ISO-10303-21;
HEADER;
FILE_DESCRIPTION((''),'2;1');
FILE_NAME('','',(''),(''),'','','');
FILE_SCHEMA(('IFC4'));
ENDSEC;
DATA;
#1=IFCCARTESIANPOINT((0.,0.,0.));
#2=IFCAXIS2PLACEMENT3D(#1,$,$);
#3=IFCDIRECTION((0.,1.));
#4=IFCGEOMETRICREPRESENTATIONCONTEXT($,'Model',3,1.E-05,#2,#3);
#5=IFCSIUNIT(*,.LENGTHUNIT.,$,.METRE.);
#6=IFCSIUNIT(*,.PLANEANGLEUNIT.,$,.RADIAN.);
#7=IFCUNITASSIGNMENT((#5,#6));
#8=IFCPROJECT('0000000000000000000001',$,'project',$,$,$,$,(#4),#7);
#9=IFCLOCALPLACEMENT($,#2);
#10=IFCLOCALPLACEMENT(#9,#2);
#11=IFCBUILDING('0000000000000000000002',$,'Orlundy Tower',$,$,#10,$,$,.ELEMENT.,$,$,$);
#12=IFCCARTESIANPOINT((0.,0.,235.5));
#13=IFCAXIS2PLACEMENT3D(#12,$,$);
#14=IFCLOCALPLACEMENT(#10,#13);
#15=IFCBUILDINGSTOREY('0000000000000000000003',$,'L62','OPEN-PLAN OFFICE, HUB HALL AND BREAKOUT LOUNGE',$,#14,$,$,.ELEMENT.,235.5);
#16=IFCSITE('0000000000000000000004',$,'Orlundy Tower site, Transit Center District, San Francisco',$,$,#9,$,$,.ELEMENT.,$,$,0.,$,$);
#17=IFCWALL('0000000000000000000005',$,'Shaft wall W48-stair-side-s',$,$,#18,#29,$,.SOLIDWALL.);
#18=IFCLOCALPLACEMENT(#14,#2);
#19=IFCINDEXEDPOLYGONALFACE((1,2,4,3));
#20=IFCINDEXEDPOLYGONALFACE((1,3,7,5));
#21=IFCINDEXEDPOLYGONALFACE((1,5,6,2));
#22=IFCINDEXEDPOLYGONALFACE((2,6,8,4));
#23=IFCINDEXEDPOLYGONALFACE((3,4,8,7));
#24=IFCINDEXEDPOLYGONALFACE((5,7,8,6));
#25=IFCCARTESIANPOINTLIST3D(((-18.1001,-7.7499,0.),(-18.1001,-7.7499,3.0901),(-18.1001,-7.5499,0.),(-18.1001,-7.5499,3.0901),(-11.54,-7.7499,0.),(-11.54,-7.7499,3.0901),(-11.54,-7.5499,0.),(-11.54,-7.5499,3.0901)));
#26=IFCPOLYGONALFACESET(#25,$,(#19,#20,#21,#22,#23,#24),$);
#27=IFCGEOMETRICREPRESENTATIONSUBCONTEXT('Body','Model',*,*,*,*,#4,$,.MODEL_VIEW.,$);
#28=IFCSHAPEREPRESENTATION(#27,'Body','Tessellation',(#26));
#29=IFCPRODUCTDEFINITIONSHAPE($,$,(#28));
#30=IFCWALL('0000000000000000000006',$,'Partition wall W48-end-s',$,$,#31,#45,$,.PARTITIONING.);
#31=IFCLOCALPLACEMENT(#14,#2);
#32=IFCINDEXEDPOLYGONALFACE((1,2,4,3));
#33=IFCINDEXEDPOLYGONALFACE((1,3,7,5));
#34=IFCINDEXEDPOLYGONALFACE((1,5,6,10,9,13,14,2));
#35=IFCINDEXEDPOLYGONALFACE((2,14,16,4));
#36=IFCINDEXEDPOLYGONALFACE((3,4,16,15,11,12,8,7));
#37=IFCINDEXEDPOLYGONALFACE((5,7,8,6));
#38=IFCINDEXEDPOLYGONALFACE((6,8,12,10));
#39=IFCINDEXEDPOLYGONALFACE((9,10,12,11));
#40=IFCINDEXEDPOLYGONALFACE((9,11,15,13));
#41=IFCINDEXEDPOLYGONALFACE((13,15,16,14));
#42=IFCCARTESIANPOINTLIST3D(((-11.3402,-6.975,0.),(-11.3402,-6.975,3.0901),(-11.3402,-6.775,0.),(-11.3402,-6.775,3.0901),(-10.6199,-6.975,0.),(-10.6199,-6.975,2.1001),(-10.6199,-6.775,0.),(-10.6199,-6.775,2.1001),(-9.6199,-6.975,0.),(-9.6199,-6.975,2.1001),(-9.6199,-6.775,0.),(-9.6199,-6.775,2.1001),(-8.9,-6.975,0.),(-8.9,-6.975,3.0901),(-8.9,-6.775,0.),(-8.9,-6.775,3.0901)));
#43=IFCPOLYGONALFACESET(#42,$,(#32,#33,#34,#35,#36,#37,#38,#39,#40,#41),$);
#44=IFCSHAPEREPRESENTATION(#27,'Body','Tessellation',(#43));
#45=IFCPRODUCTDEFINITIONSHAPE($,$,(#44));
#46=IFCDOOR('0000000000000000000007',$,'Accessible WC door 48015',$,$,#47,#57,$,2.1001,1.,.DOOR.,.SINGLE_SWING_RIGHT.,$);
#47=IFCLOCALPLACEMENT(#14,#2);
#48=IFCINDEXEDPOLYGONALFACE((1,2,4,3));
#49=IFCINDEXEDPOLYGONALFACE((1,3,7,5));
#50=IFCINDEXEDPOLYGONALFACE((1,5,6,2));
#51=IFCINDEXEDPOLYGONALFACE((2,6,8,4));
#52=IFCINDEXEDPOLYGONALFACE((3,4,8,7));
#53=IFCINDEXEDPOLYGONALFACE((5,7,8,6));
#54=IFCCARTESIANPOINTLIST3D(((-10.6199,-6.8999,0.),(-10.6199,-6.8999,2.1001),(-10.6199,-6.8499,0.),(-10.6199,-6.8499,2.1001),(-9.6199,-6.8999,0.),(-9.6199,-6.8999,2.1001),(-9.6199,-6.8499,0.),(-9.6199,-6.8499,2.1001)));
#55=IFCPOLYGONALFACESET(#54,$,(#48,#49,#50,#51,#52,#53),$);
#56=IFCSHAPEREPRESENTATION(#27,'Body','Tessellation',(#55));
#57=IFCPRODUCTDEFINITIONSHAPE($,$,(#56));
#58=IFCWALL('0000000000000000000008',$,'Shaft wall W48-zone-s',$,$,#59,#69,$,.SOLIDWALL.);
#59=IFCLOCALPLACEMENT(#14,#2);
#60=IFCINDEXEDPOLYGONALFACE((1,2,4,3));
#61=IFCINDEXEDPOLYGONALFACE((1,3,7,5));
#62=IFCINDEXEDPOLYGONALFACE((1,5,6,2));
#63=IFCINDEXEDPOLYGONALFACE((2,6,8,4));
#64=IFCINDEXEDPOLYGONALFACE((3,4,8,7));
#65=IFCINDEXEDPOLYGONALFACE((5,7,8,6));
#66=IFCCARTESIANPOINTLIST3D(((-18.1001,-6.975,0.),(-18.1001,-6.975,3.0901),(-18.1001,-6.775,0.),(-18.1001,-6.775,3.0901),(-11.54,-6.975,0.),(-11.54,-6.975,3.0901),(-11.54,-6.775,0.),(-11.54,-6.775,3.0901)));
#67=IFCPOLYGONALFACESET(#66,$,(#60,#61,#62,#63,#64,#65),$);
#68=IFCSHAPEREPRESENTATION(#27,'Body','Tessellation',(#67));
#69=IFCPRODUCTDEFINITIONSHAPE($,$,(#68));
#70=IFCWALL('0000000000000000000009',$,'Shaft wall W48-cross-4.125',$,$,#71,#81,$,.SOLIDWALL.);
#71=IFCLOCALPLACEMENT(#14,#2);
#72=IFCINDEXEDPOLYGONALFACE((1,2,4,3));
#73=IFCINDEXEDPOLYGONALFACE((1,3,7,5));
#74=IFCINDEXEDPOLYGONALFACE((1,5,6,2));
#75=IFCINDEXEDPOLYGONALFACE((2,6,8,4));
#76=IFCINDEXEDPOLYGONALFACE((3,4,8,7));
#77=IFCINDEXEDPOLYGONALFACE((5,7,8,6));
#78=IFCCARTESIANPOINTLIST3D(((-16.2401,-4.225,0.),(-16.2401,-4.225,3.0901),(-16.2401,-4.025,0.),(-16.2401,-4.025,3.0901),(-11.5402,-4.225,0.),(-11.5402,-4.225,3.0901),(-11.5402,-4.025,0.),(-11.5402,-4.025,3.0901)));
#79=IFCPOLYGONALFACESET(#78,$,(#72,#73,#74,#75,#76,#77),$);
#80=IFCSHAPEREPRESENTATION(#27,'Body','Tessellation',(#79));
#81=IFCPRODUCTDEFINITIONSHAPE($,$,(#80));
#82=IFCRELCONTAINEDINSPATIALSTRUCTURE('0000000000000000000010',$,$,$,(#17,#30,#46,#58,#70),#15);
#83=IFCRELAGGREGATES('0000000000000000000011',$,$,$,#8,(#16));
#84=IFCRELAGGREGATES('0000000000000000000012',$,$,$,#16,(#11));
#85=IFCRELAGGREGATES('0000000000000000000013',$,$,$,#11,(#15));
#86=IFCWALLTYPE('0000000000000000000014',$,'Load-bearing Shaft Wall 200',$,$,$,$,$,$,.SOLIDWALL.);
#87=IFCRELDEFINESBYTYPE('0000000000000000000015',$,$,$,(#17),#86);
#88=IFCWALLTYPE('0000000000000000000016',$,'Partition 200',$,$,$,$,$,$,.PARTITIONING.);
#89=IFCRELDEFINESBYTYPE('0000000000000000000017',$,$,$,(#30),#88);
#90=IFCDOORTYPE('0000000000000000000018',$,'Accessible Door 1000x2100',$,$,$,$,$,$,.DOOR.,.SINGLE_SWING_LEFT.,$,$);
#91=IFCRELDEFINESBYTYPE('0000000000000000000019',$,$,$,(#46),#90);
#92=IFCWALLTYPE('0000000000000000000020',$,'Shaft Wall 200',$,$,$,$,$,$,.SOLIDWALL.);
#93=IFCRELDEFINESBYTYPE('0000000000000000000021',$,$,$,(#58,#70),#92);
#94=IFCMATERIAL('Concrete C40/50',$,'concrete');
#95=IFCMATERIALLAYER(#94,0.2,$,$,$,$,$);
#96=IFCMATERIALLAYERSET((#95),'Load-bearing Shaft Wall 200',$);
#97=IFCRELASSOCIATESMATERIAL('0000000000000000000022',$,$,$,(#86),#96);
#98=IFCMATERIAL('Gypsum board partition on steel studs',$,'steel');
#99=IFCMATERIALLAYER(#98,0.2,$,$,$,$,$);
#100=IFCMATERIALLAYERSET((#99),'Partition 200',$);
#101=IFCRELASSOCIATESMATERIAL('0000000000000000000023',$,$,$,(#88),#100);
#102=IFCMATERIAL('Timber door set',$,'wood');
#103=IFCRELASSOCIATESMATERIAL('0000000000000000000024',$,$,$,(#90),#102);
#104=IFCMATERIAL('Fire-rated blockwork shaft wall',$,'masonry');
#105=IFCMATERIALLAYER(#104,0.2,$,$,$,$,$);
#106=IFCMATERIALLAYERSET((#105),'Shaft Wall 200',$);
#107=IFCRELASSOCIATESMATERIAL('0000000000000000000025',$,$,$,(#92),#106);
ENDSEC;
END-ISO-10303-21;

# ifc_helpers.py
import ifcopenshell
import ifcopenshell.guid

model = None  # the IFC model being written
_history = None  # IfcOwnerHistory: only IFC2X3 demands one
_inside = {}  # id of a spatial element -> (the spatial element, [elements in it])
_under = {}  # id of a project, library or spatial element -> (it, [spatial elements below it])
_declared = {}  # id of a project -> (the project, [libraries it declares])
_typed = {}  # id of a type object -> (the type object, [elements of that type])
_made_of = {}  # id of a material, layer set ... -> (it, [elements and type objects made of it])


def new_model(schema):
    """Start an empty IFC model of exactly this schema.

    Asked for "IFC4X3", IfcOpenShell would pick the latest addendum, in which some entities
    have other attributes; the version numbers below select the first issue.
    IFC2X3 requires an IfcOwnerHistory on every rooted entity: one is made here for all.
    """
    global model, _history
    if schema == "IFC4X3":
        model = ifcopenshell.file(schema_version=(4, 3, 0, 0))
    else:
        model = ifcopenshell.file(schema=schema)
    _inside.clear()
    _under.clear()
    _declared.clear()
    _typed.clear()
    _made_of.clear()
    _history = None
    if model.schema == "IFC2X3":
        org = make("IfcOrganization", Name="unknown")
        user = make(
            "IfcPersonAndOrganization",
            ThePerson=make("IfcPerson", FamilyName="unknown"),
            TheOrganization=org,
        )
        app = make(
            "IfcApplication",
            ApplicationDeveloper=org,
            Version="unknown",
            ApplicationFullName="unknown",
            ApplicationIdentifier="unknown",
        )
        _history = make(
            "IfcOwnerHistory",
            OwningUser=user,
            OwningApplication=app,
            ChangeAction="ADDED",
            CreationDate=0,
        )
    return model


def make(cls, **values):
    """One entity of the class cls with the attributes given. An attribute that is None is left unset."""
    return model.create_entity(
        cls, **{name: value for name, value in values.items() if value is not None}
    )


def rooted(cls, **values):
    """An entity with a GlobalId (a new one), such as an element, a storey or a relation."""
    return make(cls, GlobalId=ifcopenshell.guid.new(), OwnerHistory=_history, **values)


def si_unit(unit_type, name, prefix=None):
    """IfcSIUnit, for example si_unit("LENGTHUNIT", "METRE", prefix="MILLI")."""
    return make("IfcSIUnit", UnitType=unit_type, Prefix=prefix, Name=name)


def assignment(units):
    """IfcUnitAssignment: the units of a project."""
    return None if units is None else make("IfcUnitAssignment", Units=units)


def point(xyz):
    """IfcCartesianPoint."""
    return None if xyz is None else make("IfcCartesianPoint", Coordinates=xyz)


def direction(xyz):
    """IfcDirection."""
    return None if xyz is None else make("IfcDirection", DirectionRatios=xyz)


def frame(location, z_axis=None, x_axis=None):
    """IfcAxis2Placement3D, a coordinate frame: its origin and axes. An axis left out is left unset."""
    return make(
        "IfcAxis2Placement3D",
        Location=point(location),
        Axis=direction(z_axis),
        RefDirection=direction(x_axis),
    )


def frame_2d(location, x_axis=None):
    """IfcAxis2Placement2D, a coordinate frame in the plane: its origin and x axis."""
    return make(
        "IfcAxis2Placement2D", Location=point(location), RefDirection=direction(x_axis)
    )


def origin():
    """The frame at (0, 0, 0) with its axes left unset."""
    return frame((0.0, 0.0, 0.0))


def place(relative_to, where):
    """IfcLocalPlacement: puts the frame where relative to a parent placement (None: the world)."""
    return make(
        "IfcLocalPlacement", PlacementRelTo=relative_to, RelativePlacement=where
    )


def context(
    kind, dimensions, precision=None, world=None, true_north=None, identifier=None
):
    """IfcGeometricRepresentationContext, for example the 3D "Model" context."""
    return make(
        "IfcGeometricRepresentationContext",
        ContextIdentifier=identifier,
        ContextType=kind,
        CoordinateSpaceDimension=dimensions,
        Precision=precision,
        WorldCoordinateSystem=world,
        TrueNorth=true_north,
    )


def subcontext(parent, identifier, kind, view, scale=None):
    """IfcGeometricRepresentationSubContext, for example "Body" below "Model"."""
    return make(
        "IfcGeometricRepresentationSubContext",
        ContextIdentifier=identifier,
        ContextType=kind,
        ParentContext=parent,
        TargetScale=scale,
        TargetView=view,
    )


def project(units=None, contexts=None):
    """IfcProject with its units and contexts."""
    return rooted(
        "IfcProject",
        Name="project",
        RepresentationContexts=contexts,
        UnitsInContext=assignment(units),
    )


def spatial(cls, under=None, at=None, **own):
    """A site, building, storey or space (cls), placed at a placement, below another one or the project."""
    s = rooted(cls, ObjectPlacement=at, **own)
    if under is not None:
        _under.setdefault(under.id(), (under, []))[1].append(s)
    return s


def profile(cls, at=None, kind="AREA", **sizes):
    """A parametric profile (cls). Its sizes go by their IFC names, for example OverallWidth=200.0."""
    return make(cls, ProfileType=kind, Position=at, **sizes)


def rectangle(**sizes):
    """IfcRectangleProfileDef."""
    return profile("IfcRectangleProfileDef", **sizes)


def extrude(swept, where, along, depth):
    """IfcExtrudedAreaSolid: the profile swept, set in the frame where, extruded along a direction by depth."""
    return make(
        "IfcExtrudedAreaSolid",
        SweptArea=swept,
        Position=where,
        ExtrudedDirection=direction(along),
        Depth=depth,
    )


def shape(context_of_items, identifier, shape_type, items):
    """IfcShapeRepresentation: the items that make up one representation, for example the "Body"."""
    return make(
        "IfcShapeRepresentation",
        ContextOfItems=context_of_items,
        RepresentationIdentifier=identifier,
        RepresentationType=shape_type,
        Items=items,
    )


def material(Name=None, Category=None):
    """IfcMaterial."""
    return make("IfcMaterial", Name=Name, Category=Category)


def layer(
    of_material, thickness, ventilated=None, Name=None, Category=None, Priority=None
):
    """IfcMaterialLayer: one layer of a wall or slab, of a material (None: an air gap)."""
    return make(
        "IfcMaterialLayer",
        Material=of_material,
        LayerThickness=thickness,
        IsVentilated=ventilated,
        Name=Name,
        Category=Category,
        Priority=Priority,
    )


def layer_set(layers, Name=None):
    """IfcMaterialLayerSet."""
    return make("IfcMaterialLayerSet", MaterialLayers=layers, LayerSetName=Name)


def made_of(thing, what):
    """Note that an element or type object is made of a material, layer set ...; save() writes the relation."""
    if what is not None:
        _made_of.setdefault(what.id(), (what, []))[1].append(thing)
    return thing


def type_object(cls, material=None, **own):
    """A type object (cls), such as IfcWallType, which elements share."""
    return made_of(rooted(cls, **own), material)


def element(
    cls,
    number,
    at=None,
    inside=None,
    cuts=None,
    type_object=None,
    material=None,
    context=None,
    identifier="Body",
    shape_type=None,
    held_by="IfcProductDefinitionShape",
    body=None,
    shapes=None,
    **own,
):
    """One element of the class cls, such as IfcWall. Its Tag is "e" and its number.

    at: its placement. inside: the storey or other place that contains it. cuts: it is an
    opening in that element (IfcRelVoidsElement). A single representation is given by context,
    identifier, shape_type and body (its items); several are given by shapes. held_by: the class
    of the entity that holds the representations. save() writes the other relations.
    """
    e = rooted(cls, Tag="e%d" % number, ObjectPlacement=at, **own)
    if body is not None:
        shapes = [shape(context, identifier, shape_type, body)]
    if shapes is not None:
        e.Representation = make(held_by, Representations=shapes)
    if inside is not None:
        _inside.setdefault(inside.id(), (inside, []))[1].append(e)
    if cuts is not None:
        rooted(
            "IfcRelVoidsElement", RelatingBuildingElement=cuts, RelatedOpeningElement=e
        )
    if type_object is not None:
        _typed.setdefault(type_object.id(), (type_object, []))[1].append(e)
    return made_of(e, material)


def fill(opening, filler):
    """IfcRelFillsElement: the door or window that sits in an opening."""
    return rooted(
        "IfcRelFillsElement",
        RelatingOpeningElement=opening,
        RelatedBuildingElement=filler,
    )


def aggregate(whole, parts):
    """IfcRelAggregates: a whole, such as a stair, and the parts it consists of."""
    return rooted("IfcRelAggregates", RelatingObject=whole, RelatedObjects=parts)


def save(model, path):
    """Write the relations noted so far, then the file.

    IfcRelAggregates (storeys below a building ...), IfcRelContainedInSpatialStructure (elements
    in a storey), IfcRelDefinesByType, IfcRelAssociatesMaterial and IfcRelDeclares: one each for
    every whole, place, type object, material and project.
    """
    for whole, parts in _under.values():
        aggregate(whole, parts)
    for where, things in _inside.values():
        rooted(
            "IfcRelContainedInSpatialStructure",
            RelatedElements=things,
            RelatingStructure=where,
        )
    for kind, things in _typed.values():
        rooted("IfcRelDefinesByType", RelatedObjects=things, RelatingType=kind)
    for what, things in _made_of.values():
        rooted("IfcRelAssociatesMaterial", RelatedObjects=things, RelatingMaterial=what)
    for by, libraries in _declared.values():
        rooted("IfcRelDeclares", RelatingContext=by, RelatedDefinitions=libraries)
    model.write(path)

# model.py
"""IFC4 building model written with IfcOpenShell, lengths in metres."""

from ifc_helpers import new_model, si_unit, direction, frame, frame_2d, origin, place, context, subcontext, project, spatial, rectangle, extrude, material, layer, layer_set, type_object, element, fill, save


model = new_model("IFC4")

# Units and contexts
model_context = context("Model", 3, precision=1e-05, world=origin(), true_north=direction((0.0, 1.0)))
body_context = subcontext(model_context, "Body", "Model", "MODEL_VIEW")
ifc_project = project(units=[si_unit("LENGTHUNIT", "METRE"), si_unit("PLANEANGLEUNIT", "RADIAN")], contexts=[model_context])

# Site, building, storey
site_placement = place(None, origin())
site = spatial("IfcSite", under=ifc_project, at=site_placement, Name="Orlundy Tower site, Transit Center District, San Francisco", CompositionType="ELEMENT", RefElevation=0.0)
building_placement = place(site_placement, origin())
building = spatial("IfcBuilding", under=site, at=building_placement, Name="Orlundy Tower", CompositionType="ELEMENT")
storey_placement = place(building_placement, frame((0.0, 0.0, 235.5)))
storey = spatial("IfcBuildingStorey", under=building, at=storey_placement, Name="L62", Description="OPEN-PLAN OFFICE, HUB HALL AND BREAKOUT LOUNGE", CompositionType="ELEMENT", Elevation=235.5)

# Wall
ifc_material_1 = material(Name="Concrete C40/50", Category="concrete")
ifc_layer_1 = layer(ifc_material_1, 0.2)
ifc_layer_set_1 = layer_set([ifc_layer_1], Name="Load-bearing Shaft Wall 200")
wall_type_1 = type_object("IfcWallType", Name="Load-bearing Shaft Wall 200", PredefinedType="SOLIDWALL", material=ifc_layer_set_1)
wall_1_placement = place(storey_placement, frame((-11.54, -7.6499, 0.0), z_axis=(0.0, 0.0, 1.0), x_axis=(-1.0, 0.0, 0.0)))
element("IfcWall", 1, at=wall_1_placement, inside=storey, type_object=wall_type_1, Name="Shaft wall W48-stair-side-s", PredefinedType="SOLIDWALL", context=body_context, shape_type="SweptSolid", body=[
    extrude(rectangle(XDim=6.5601, YDim=0.2, at=frame_2d((3.28, 0.0))), origin(), (0.0, 0.0, 1.0), 3.0901),
])

# Wall, opening, door
ifc_material_2 = material(Name="Gypsum board partition on steel studs", Category="steel")
ifc_layer_2 = layer(ifc_material_2, 0.2)
ifc_layer_set_2 = layer_set([ifc_layer_2], Name="Partition 200")
wall_type_2 = type_object("IfcWallType", Name="Partition 200", PredefinedType="PARTITIONING", material=ifc_layer_set_2)
wall_2_placement = place(storey_placement, frame((-8.8999, -6.875, 0.0), z_axis=(0.0, 0.0, 1.0), x_axis=(-1.0, 0.0, 0.0)))
wall_2 = element("IfcWall", 2, at=wall_2_placement, inside=storey, type_object=wall_type_2, Name="Partition wall W48-end-s", PredefinedType="PARTITIONING", context=body_context, shape_type="SweptSolid", body=[
    extrude(rectangle(XDim=2.4402, YDim=0.2, at=frame_2d((1.2202, 0.0))), origin(), (0.0, 0.0, 1.0), 3.0901),
])
opening_1_placement = place(wall_2_placement, frame((0.72, 0.0, 0.0)))
opening_1 = element("IfcOpeningElement", 3, at=opening_1_placement, cuts=wall_2, PredefinedType="OPENING", context=body_context, shape_type="SweptSolid", body=[
    extrude(rectangle(XDim=1.0, YDim=2.1001, at=frame_2d((0.5, 1.05))), frame((0.0, 0.1101, 0.0), z_axis=(0.0, -1.0, 0.0), x_axis=(1.0, 0.0, 0.0)), (0.0, 0.0, 1.0), 0.2202),
])
ifc_material_3 = material(Name="Timber door set", Category="wood")
door_type_1 = type_object("IfcDoorType", Name="Accessible Door 1000x2100", OperationType="SINGLE_SWING_LEFT", PredefinedType="DOOR", material=ifc_material_3)
door_1_placement = place(opening_1_placement, origin())
door_1 = element("IfcDoor", 4, at=door_1_placement, inside=storey, type_object=door_type_1, Name="Accessible WC door 48015", OperationType="SINGLE_SWING_RIGHT", OverallHeight=2.1001, OverallWidth=1.0, PredefinedType="DOOR", context=body_context, shape_type="SweptSolid", body=[
    extrude(rectangle(XDim=1.0, YDim=2.1001, at=frame_2d((0.5, 1.05))), frame((0.0, 0.0249, 0.0), z_axis=(0.0, -1.0, 0.0), x_axis=(1.0, 0.0, 0.0)), (0.0, 0.0, 1.0), 0.05),
])
fill(opening_1, door_1)

# Walls
ifc_material_4 = material(Name="Fire-rated blockwork shaft wall", Category="masonry")
ifc_layer_3 = layer(ifc_material_4, 0.2)
ifc_layer_set_3 = layer_set([ifc_layer_3], Name="Shaft Wall 200")
wall_type_3 = type_object("IfcWallType", Name="Shaft Wall 200", PredefinedType="SOLIDWALL", material=ifc_layer_set_3)
wall_3_placement = place(storey_placement, frame((-11.54, -6.875, 0.0), z_axis=(0.0, 0.0, 1.0), x_axis=(-1.0, 0.0, 0.0)))
element("IfcWall", 5, at=wall_3_placement, inside=storey, type_object=wall_type_3, Name="Shaft wall W48-zone-s", PredefinedType="SOLIDWALL", context=body_context, shape_type="SweptSolid", body=[
    extrude(rectangle(XDim=6.5601, YDim=0.2, at=frame_2d((3.28, 0.0))), origin(), (0.0, 0.0, 1.0), 3.0901),
])
wall_4_placement = place(storey_placement, frame((-11.54, -4.125, 0.0), z_axis=(0.0, 0.0, 1.0), x_axis=(-1.0, 0.0, 0.0)))
element("IfcWall", 6, at=wall_4_placement, inside=storey, type_object=wall_type_3, Name="Shaft wall W48-cross-4.125", PredefinedType="SOLIDWALL", context=body_context, shape_type="SweptSolid", body=[
    extrude(rectangle(XDim=4.7, YDim=0.2, at=frame_2d((2.3501, 0.0))), origin(), (0.0, 0.0, 1.0), 3.0901),
])

save(model, "model.ifc")
